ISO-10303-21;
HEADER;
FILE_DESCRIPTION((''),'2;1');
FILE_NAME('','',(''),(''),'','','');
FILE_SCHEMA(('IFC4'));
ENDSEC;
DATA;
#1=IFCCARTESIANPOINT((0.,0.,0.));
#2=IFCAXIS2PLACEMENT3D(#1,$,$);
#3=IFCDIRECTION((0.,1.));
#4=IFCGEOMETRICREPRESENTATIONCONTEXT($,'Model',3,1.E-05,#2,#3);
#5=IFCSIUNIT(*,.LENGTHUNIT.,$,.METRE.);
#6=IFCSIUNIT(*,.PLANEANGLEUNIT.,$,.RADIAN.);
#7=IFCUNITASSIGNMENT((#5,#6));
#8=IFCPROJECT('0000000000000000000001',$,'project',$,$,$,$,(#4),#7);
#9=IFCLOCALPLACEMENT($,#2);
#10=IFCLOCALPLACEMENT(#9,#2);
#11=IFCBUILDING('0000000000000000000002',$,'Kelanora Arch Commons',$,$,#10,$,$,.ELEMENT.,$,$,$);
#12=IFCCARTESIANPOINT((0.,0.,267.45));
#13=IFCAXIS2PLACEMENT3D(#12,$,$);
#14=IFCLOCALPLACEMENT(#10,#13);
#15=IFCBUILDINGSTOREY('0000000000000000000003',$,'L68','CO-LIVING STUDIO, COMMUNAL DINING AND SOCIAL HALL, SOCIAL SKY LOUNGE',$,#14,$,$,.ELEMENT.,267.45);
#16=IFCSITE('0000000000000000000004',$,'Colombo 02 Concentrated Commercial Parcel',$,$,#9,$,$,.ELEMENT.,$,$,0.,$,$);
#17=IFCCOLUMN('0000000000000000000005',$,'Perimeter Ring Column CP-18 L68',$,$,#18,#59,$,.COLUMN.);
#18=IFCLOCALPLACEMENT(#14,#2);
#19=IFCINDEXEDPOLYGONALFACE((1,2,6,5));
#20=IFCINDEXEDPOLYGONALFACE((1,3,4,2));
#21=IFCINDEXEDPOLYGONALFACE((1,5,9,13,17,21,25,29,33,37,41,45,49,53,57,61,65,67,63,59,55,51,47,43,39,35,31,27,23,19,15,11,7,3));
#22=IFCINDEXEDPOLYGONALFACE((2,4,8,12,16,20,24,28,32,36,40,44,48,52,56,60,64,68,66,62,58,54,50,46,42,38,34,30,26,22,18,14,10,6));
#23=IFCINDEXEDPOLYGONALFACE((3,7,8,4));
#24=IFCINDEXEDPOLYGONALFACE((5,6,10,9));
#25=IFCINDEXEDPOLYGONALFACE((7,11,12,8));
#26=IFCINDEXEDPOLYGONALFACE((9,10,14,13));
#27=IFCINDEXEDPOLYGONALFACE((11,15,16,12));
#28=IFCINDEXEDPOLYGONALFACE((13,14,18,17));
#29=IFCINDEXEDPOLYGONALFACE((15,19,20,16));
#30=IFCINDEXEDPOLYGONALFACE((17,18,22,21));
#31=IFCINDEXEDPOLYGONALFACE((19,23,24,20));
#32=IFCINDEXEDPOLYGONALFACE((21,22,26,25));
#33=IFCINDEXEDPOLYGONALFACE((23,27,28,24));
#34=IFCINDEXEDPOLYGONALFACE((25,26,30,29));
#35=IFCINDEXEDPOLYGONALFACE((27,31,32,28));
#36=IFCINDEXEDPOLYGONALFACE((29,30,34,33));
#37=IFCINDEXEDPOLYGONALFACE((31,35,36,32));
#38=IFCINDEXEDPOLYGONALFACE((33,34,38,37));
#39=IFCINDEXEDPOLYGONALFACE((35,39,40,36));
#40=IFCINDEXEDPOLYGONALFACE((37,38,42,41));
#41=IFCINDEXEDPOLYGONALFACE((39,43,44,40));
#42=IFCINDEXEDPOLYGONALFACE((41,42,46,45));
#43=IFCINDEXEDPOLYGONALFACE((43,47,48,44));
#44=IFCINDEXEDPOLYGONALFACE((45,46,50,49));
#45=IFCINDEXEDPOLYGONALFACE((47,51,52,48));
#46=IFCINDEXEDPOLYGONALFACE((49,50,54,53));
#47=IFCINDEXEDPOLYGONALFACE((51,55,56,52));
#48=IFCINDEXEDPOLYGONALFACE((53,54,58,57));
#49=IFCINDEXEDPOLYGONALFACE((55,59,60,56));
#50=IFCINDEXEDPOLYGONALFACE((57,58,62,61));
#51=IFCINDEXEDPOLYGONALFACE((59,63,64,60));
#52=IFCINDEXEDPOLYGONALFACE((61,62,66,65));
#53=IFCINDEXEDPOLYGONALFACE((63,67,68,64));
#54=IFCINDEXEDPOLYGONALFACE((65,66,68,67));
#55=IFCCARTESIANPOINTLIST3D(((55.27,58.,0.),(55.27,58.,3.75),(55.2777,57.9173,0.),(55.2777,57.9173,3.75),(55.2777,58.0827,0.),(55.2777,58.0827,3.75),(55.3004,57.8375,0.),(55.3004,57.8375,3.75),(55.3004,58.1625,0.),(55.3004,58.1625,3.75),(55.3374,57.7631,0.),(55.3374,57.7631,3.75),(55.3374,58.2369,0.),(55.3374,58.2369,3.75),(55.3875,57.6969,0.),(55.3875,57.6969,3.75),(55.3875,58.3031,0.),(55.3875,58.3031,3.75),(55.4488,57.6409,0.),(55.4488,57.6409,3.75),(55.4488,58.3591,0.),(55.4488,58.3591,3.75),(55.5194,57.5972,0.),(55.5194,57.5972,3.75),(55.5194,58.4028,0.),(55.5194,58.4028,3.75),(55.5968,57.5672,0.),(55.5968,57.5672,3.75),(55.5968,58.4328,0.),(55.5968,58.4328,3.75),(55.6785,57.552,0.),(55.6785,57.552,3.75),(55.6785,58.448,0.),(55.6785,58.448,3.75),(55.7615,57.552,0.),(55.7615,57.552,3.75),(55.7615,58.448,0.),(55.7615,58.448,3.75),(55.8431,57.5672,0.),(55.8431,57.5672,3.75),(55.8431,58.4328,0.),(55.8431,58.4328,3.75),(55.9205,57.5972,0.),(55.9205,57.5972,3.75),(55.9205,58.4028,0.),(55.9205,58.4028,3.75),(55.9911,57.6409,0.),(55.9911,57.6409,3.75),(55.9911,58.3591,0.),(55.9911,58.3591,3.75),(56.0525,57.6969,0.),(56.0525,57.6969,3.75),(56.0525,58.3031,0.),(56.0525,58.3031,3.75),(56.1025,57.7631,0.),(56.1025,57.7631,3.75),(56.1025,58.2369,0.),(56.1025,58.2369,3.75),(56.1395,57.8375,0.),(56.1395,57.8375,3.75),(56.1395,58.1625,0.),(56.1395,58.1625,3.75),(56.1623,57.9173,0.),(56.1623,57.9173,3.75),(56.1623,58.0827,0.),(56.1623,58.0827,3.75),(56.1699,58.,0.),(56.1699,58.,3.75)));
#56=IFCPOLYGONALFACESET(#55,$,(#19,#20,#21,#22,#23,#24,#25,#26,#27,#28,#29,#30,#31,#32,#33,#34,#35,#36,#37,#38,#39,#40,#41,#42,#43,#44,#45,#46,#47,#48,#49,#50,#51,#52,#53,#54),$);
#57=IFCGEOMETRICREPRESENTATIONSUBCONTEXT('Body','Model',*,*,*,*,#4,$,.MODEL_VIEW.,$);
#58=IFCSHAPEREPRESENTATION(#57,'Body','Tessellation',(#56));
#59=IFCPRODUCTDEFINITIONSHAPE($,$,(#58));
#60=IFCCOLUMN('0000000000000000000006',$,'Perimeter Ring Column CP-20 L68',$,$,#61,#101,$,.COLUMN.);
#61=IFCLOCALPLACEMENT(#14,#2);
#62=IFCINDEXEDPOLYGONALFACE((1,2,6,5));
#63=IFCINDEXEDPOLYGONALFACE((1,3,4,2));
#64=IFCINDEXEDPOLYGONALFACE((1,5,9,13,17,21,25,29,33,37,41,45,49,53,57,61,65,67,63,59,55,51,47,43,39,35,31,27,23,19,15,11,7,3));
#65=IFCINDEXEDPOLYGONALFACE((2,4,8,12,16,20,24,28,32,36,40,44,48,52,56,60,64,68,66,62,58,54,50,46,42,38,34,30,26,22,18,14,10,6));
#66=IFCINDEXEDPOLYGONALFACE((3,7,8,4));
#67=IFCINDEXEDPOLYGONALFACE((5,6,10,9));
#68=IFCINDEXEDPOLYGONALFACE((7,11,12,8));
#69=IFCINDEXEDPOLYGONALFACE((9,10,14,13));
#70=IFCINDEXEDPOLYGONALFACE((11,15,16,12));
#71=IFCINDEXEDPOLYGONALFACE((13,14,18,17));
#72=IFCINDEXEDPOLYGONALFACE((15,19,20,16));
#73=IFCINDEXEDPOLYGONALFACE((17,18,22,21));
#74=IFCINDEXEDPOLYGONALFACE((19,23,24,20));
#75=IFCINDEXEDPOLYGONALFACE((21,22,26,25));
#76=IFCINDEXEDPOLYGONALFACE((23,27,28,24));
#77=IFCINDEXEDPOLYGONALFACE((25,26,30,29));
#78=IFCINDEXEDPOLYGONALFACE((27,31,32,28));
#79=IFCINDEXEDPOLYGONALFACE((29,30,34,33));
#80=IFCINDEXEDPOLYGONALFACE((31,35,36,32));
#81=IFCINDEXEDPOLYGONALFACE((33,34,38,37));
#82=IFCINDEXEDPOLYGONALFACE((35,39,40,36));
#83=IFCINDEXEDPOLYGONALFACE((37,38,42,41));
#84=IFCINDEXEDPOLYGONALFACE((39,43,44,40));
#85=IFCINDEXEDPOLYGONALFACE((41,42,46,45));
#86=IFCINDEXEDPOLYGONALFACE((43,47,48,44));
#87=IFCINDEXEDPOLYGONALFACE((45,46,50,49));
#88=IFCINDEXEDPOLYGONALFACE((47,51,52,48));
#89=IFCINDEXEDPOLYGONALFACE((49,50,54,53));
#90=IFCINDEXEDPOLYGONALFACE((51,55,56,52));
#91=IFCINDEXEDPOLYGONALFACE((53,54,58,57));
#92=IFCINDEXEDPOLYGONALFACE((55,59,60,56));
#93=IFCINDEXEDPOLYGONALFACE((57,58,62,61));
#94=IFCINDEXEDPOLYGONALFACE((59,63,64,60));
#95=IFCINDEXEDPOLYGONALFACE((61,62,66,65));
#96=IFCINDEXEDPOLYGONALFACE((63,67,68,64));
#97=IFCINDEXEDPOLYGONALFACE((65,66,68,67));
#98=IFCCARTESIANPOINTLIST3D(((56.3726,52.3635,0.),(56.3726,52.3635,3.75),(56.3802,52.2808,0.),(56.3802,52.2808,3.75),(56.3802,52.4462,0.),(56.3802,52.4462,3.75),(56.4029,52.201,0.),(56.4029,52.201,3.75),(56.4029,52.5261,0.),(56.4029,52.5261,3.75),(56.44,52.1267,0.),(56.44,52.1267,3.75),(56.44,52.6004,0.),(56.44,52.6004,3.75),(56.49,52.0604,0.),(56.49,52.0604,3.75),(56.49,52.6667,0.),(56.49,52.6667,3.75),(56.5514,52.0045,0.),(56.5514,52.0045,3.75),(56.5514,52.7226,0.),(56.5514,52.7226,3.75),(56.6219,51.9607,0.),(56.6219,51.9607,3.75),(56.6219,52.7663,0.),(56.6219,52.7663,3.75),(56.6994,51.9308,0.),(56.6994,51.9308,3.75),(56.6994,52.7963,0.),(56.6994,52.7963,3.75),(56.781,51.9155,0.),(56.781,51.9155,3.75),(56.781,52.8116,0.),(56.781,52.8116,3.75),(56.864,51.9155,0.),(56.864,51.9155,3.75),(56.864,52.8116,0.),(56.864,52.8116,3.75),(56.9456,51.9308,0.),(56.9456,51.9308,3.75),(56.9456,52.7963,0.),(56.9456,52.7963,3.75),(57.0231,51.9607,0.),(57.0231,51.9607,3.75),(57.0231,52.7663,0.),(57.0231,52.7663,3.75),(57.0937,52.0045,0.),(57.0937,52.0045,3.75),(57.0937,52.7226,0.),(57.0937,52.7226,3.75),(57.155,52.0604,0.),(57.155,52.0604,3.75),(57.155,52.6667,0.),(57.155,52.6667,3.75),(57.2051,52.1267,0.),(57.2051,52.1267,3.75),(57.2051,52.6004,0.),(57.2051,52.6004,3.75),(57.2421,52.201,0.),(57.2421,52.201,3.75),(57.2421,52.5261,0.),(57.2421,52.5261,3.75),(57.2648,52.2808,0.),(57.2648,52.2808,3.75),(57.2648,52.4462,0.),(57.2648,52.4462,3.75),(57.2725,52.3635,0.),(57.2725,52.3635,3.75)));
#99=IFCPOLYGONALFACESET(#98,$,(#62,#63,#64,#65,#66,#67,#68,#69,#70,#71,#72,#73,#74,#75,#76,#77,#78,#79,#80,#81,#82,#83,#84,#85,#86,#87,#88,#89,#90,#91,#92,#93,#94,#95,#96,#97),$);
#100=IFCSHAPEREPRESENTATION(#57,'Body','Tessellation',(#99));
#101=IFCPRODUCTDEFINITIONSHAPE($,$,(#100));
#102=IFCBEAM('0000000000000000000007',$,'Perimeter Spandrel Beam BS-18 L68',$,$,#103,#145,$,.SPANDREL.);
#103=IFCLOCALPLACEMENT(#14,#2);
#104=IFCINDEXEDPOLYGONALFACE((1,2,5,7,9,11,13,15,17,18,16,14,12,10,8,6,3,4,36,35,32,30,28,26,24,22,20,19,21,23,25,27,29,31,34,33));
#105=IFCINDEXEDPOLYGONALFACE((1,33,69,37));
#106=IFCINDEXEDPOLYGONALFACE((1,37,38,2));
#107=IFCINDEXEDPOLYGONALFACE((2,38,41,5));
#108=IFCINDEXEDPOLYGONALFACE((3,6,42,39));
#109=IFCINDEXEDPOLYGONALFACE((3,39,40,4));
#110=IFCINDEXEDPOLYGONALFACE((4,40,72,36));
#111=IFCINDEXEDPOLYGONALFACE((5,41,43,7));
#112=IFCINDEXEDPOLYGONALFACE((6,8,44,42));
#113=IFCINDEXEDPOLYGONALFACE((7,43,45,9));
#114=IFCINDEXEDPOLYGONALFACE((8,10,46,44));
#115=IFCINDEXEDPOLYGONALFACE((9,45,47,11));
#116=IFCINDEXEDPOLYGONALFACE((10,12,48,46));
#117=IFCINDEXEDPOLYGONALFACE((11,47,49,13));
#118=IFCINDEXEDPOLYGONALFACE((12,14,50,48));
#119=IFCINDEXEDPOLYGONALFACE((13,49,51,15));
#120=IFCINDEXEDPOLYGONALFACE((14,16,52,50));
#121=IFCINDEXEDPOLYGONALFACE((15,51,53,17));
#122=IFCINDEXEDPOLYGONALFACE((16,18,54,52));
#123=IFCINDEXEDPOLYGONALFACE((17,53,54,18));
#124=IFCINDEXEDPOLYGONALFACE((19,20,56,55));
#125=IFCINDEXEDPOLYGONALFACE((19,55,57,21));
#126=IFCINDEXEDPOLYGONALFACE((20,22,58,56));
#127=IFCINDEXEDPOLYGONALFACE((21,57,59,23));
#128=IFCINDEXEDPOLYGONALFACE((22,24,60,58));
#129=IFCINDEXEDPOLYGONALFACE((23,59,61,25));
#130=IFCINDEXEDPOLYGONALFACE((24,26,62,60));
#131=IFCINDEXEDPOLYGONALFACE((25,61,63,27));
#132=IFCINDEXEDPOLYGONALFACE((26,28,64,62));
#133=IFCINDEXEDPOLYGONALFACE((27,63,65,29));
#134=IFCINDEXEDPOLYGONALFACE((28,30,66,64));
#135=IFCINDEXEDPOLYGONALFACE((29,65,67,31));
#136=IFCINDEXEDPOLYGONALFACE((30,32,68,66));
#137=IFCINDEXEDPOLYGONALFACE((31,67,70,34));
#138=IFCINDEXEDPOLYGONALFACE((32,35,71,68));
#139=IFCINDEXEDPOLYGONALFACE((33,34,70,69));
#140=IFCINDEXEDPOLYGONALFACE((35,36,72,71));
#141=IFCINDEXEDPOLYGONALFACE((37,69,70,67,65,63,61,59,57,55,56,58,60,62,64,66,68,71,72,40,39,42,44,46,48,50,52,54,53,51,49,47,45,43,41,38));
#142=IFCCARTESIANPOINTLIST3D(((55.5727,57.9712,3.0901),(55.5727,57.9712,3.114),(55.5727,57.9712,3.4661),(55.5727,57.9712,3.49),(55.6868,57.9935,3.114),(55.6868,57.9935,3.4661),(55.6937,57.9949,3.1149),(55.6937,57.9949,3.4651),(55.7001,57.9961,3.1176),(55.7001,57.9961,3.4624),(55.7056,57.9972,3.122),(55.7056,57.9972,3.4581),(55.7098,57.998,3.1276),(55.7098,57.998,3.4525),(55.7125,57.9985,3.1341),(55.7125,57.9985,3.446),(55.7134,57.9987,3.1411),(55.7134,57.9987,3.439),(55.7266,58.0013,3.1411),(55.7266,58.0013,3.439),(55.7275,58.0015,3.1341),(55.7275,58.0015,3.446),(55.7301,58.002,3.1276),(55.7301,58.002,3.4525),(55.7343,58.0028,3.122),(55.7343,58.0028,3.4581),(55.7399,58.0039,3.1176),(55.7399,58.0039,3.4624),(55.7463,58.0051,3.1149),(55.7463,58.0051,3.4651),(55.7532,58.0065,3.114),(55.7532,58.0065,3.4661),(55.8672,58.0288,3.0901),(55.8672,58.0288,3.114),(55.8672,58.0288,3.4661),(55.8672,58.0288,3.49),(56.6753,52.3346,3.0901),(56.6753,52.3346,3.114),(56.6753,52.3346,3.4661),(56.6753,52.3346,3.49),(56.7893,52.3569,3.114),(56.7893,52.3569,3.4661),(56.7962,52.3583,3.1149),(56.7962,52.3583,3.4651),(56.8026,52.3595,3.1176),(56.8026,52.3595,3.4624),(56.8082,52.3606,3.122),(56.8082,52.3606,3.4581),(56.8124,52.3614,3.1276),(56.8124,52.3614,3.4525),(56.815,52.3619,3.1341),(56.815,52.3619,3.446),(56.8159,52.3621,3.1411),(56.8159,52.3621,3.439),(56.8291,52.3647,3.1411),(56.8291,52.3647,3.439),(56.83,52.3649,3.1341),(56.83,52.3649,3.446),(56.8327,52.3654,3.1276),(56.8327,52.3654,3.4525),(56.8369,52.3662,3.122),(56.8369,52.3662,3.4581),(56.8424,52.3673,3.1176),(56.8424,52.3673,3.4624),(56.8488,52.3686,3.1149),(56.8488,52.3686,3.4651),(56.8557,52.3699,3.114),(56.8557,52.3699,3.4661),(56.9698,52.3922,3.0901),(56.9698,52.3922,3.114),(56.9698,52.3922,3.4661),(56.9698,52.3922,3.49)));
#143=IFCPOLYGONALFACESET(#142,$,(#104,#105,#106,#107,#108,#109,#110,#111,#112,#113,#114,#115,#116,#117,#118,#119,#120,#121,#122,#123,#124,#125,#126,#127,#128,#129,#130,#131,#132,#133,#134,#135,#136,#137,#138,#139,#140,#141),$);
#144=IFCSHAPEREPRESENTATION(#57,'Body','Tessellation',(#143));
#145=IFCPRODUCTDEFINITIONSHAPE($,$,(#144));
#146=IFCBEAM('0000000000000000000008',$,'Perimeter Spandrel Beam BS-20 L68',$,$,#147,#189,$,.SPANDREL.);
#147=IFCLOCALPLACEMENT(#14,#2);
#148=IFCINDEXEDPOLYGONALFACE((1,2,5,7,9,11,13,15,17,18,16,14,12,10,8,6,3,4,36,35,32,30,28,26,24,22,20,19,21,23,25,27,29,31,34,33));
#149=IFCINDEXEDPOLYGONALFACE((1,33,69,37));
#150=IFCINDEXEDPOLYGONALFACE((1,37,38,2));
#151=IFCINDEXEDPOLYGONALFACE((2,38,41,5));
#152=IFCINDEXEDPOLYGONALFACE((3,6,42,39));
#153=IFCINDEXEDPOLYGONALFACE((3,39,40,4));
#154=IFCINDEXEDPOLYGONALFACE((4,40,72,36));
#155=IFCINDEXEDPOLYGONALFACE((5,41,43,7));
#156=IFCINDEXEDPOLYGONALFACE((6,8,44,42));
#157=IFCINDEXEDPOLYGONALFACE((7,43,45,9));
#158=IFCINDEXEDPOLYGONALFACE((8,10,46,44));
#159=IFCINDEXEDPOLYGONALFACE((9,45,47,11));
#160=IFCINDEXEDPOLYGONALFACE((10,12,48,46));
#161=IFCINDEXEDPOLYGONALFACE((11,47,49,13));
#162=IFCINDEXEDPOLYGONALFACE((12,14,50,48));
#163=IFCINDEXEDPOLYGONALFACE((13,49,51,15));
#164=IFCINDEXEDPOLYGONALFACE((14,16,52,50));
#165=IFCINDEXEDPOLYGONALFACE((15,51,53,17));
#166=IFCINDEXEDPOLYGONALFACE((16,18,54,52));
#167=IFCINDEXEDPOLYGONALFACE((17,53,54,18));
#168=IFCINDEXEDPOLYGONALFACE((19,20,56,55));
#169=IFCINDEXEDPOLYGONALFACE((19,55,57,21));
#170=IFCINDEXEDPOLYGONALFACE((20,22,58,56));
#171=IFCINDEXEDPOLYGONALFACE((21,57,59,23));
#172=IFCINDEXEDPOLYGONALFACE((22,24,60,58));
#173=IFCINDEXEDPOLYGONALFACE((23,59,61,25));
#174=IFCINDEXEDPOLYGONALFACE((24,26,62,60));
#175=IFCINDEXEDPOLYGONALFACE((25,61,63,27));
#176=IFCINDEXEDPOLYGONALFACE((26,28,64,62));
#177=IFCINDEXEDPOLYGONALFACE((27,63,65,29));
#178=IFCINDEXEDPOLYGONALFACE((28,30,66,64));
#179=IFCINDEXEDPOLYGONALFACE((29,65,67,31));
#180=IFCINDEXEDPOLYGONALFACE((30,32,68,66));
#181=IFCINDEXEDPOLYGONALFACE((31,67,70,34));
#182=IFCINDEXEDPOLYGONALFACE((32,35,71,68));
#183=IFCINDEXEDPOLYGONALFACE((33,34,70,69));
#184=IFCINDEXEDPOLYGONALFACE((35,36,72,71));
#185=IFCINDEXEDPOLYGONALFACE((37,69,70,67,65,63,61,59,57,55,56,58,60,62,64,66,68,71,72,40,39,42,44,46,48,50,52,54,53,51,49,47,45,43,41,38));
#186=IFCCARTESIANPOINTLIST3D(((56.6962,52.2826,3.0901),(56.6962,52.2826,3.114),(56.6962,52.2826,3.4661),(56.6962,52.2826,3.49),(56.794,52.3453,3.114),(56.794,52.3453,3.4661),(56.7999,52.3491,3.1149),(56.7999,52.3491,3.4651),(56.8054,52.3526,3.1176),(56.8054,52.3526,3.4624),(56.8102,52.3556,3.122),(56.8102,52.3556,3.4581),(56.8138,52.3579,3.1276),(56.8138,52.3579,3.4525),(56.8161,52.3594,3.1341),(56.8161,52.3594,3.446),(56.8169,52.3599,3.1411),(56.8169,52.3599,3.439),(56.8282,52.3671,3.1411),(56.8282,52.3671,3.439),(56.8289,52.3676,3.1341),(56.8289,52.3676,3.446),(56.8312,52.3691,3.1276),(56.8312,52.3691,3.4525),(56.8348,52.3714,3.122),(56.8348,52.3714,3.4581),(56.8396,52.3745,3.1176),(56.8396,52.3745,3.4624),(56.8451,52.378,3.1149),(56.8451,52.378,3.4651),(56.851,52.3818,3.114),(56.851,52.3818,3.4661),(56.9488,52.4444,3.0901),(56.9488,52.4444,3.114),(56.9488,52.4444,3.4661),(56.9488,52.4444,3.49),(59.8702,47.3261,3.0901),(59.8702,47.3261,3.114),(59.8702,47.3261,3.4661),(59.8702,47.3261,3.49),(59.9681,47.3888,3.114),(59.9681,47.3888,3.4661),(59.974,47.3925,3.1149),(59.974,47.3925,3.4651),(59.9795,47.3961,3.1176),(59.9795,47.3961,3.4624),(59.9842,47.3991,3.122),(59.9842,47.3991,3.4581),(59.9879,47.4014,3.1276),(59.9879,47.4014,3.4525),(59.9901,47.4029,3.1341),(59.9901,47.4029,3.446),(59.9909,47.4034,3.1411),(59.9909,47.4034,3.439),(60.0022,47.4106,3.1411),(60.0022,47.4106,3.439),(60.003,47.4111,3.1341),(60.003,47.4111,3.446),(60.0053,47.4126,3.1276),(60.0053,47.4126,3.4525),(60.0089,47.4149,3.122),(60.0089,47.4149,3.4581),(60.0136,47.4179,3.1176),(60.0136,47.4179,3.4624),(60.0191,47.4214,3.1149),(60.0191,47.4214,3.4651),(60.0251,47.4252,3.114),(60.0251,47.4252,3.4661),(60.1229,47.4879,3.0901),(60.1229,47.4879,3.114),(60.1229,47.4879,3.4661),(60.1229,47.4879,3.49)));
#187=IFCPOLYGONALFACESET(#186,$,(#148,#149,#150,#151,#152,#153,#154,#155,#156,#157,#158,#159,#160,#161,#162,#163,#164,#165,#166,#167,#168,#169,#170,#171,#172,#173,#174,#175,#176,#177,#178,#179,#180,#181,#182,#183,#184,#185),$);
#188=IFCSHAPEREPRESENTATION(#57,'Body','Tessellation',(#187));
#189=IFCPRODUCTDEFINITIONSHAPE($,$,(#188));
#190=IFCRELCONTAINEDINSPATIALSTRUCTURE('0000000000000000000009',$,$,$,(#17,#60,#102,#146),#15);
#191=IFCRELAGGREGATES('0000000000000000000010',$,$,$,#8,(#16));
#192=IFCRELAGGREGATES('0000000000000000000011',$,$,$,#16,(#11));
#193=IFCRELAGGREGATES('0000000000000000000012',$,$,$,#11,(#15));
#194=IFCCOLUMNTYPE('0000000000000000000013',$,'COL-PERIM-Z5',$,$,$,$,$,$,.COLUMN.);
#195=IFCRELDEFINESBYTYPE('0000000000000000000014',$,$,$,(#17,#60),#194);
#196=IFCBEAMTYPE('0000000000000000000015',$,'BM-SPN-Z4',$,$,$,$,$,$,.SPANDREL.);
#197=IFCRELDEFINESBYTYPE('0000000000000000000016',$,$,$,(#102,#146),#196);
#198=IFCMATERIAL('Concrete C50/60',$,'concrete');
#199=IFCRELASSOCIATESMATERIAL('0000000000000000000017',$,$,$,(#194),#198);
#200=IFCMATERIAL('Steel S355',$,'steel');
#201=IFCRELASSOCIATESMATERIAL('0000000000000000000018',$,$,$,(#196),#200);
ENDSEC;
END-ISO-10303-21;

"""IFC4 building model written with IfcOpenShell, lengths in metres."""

from ifc_helpers import new_model, si_unit, direction, frame, origin, origin_2d, place, context, subcontext, project, spatial, circle, i_section, extrude, material, material_profile, profile_set, type_object, element, save


model = new_model("IFC4")

# Units and contexts
model_context = context("Model", 3, precision=1e-05, world=origin(), true_north=direction((0.0, 1.0)))
body_context = subcontext(model_context, "Body", "Model", "MODEL_VIEW")
ifc_project = project(units=[si_unit("LENGTHUNIT", "METRE"), si_unit("PLANEANGLEUNIT", "RADIAN")], contexts=[model_context])

# Site, building, storey
site_placement = place(None, origin())
site = spatial("IfcSite", under=ifc_project, at=site_placement, Name="Colombo 02 Concentrated Commercial Parcel", CompositionType="ELEMENT", RefElevation=0.0)
building_placement = place(site_placement, origin())
building = spatial("IfcBuilding", under=site, at=building_placement, Name="Kelanora Arch Commons", CompositionType="ELEMENT")
storey_placement = place(building_placement, frame((0.0, 0.0, 267.45)))
storey = spatial("IfcBuildingStorey", under=building, at=storey_placement, Name="L68", Description="CO-LIVING STUDIO, COMMUNAL DINING AND SOCIAL HALL, SOCIAL SKY LOUNGE", CompositionType="ELEMENT", Elevation=267.45)

# Columns
ifc_material_1 = material(Name="Concrete C50/60", Category="concrete")
ifc_material_profile_1 = material_profile(ifc_material_1, circle(Radius=0.45, at=origin_2d()), Name="RCC900")
ifc_profile_set_1 = profile_set([ifc_material_profile_1], Name="Concrete C50/60")
column_type = type_object("IfcColumnType", Name="COL-PERIM-Z5", PredefinedType="COLUMN", material=ifc_profile_set_1)
for number, where, z_axis, x_axis, name in (
    (1, (55.72, 58.0, 0.0), (0.0, 0.0, 1.0), (1.0, 0.0, 0.0), "Perimeter Ring Column CP-18 L68"),
    (2, (56.8225, 52.3635, 0.0), (0.0, 0.0, 1.0), (1.0, 0.0, 0.0), "Perimeter Ring Column CP-20 L68"),
):
    element("IfcColumn", number, at=place(storey_placement, frame(where, z_axis=z_axis, x_axis=x_axis)), inside=storey, type_object=column_type, Name=name, PredefinedType="COLUMN", context=body_context, shape_type="SweptSolid", body=[
        extrude(circle(Radius=0.45, at=origin_2d()), origin(), (0.0, 0.0, 1.0), 3.75),
    ])

# Beams
ifc_material_2 = material(Name="Steel S355", Category="steel")
ifc_material_profile_2 = material_profile(ifc_material_2, i_section(OverallWidth=0.3, OverallDepth=0.3999, WebThickness=0.0134, FlangeThickness=0.0239, FilletRadius=0.0271, at=origin_2d()), Name="HEB400")
ifc_profile_set_2 = profile_set([ifc_material_profile_2], Name="Steel S355")
beam_type = type_object("IfcBeamType", Name="BM-SPN-Z4", PredefinedType="SPANDREL", material=ifc_profile_set_2)
beam_1_placement = place(storey_placement, frame((55.72, 58.0, 3.29), z_axis=(0.19197, -0.981401, 0.0), x_axis=(0.981401, 0.19197, 0.0)))
element("IfcBeam", 3, at=beam_1_placement, inside=storey, type_object=beam_type, Name="Perimeter Spandrel Beam BS-18 L68", PredefinedType="SPANDREL", context=body_context, shape_type="SweptSolid", body=[
    extrude(i_section(OverallWidth=0.3, OverallDepth=0.3999, WebThickness=0.0134, FlangeThickness=0.0239, FilletRadius=0.0271, at=origin_2d()), origin(), (0.0, 0.0, 1.0), 5.7434),
])
beam_2_placement = place(storey_placement, frame((56.8225, 52.3635, 3.29), z_axis=(0.539281, -0.842126, 0.0), x_axis=(0.842126, 0.539281, 0.0)))
element("IfcBeam", 4, at=beam_2_placement, inside=storey, type_object=beam_type, Name="Perimeter Spandrel Beam BS-20 L68", PredefinedType="SPANDREL", context=body_context, shape_type="SweptSolid", body=[
    extrude(i_section(OverallWidth=0.3, OverallDepth=0.3999, WebThickness=0.0134, FlangeThickness=0.0239, FilletRadius=0.0271, at=origin_2d()), origin(), (0.0, 0.0, 1.0), 5.8857),
])

save(model, "model.ifc")
